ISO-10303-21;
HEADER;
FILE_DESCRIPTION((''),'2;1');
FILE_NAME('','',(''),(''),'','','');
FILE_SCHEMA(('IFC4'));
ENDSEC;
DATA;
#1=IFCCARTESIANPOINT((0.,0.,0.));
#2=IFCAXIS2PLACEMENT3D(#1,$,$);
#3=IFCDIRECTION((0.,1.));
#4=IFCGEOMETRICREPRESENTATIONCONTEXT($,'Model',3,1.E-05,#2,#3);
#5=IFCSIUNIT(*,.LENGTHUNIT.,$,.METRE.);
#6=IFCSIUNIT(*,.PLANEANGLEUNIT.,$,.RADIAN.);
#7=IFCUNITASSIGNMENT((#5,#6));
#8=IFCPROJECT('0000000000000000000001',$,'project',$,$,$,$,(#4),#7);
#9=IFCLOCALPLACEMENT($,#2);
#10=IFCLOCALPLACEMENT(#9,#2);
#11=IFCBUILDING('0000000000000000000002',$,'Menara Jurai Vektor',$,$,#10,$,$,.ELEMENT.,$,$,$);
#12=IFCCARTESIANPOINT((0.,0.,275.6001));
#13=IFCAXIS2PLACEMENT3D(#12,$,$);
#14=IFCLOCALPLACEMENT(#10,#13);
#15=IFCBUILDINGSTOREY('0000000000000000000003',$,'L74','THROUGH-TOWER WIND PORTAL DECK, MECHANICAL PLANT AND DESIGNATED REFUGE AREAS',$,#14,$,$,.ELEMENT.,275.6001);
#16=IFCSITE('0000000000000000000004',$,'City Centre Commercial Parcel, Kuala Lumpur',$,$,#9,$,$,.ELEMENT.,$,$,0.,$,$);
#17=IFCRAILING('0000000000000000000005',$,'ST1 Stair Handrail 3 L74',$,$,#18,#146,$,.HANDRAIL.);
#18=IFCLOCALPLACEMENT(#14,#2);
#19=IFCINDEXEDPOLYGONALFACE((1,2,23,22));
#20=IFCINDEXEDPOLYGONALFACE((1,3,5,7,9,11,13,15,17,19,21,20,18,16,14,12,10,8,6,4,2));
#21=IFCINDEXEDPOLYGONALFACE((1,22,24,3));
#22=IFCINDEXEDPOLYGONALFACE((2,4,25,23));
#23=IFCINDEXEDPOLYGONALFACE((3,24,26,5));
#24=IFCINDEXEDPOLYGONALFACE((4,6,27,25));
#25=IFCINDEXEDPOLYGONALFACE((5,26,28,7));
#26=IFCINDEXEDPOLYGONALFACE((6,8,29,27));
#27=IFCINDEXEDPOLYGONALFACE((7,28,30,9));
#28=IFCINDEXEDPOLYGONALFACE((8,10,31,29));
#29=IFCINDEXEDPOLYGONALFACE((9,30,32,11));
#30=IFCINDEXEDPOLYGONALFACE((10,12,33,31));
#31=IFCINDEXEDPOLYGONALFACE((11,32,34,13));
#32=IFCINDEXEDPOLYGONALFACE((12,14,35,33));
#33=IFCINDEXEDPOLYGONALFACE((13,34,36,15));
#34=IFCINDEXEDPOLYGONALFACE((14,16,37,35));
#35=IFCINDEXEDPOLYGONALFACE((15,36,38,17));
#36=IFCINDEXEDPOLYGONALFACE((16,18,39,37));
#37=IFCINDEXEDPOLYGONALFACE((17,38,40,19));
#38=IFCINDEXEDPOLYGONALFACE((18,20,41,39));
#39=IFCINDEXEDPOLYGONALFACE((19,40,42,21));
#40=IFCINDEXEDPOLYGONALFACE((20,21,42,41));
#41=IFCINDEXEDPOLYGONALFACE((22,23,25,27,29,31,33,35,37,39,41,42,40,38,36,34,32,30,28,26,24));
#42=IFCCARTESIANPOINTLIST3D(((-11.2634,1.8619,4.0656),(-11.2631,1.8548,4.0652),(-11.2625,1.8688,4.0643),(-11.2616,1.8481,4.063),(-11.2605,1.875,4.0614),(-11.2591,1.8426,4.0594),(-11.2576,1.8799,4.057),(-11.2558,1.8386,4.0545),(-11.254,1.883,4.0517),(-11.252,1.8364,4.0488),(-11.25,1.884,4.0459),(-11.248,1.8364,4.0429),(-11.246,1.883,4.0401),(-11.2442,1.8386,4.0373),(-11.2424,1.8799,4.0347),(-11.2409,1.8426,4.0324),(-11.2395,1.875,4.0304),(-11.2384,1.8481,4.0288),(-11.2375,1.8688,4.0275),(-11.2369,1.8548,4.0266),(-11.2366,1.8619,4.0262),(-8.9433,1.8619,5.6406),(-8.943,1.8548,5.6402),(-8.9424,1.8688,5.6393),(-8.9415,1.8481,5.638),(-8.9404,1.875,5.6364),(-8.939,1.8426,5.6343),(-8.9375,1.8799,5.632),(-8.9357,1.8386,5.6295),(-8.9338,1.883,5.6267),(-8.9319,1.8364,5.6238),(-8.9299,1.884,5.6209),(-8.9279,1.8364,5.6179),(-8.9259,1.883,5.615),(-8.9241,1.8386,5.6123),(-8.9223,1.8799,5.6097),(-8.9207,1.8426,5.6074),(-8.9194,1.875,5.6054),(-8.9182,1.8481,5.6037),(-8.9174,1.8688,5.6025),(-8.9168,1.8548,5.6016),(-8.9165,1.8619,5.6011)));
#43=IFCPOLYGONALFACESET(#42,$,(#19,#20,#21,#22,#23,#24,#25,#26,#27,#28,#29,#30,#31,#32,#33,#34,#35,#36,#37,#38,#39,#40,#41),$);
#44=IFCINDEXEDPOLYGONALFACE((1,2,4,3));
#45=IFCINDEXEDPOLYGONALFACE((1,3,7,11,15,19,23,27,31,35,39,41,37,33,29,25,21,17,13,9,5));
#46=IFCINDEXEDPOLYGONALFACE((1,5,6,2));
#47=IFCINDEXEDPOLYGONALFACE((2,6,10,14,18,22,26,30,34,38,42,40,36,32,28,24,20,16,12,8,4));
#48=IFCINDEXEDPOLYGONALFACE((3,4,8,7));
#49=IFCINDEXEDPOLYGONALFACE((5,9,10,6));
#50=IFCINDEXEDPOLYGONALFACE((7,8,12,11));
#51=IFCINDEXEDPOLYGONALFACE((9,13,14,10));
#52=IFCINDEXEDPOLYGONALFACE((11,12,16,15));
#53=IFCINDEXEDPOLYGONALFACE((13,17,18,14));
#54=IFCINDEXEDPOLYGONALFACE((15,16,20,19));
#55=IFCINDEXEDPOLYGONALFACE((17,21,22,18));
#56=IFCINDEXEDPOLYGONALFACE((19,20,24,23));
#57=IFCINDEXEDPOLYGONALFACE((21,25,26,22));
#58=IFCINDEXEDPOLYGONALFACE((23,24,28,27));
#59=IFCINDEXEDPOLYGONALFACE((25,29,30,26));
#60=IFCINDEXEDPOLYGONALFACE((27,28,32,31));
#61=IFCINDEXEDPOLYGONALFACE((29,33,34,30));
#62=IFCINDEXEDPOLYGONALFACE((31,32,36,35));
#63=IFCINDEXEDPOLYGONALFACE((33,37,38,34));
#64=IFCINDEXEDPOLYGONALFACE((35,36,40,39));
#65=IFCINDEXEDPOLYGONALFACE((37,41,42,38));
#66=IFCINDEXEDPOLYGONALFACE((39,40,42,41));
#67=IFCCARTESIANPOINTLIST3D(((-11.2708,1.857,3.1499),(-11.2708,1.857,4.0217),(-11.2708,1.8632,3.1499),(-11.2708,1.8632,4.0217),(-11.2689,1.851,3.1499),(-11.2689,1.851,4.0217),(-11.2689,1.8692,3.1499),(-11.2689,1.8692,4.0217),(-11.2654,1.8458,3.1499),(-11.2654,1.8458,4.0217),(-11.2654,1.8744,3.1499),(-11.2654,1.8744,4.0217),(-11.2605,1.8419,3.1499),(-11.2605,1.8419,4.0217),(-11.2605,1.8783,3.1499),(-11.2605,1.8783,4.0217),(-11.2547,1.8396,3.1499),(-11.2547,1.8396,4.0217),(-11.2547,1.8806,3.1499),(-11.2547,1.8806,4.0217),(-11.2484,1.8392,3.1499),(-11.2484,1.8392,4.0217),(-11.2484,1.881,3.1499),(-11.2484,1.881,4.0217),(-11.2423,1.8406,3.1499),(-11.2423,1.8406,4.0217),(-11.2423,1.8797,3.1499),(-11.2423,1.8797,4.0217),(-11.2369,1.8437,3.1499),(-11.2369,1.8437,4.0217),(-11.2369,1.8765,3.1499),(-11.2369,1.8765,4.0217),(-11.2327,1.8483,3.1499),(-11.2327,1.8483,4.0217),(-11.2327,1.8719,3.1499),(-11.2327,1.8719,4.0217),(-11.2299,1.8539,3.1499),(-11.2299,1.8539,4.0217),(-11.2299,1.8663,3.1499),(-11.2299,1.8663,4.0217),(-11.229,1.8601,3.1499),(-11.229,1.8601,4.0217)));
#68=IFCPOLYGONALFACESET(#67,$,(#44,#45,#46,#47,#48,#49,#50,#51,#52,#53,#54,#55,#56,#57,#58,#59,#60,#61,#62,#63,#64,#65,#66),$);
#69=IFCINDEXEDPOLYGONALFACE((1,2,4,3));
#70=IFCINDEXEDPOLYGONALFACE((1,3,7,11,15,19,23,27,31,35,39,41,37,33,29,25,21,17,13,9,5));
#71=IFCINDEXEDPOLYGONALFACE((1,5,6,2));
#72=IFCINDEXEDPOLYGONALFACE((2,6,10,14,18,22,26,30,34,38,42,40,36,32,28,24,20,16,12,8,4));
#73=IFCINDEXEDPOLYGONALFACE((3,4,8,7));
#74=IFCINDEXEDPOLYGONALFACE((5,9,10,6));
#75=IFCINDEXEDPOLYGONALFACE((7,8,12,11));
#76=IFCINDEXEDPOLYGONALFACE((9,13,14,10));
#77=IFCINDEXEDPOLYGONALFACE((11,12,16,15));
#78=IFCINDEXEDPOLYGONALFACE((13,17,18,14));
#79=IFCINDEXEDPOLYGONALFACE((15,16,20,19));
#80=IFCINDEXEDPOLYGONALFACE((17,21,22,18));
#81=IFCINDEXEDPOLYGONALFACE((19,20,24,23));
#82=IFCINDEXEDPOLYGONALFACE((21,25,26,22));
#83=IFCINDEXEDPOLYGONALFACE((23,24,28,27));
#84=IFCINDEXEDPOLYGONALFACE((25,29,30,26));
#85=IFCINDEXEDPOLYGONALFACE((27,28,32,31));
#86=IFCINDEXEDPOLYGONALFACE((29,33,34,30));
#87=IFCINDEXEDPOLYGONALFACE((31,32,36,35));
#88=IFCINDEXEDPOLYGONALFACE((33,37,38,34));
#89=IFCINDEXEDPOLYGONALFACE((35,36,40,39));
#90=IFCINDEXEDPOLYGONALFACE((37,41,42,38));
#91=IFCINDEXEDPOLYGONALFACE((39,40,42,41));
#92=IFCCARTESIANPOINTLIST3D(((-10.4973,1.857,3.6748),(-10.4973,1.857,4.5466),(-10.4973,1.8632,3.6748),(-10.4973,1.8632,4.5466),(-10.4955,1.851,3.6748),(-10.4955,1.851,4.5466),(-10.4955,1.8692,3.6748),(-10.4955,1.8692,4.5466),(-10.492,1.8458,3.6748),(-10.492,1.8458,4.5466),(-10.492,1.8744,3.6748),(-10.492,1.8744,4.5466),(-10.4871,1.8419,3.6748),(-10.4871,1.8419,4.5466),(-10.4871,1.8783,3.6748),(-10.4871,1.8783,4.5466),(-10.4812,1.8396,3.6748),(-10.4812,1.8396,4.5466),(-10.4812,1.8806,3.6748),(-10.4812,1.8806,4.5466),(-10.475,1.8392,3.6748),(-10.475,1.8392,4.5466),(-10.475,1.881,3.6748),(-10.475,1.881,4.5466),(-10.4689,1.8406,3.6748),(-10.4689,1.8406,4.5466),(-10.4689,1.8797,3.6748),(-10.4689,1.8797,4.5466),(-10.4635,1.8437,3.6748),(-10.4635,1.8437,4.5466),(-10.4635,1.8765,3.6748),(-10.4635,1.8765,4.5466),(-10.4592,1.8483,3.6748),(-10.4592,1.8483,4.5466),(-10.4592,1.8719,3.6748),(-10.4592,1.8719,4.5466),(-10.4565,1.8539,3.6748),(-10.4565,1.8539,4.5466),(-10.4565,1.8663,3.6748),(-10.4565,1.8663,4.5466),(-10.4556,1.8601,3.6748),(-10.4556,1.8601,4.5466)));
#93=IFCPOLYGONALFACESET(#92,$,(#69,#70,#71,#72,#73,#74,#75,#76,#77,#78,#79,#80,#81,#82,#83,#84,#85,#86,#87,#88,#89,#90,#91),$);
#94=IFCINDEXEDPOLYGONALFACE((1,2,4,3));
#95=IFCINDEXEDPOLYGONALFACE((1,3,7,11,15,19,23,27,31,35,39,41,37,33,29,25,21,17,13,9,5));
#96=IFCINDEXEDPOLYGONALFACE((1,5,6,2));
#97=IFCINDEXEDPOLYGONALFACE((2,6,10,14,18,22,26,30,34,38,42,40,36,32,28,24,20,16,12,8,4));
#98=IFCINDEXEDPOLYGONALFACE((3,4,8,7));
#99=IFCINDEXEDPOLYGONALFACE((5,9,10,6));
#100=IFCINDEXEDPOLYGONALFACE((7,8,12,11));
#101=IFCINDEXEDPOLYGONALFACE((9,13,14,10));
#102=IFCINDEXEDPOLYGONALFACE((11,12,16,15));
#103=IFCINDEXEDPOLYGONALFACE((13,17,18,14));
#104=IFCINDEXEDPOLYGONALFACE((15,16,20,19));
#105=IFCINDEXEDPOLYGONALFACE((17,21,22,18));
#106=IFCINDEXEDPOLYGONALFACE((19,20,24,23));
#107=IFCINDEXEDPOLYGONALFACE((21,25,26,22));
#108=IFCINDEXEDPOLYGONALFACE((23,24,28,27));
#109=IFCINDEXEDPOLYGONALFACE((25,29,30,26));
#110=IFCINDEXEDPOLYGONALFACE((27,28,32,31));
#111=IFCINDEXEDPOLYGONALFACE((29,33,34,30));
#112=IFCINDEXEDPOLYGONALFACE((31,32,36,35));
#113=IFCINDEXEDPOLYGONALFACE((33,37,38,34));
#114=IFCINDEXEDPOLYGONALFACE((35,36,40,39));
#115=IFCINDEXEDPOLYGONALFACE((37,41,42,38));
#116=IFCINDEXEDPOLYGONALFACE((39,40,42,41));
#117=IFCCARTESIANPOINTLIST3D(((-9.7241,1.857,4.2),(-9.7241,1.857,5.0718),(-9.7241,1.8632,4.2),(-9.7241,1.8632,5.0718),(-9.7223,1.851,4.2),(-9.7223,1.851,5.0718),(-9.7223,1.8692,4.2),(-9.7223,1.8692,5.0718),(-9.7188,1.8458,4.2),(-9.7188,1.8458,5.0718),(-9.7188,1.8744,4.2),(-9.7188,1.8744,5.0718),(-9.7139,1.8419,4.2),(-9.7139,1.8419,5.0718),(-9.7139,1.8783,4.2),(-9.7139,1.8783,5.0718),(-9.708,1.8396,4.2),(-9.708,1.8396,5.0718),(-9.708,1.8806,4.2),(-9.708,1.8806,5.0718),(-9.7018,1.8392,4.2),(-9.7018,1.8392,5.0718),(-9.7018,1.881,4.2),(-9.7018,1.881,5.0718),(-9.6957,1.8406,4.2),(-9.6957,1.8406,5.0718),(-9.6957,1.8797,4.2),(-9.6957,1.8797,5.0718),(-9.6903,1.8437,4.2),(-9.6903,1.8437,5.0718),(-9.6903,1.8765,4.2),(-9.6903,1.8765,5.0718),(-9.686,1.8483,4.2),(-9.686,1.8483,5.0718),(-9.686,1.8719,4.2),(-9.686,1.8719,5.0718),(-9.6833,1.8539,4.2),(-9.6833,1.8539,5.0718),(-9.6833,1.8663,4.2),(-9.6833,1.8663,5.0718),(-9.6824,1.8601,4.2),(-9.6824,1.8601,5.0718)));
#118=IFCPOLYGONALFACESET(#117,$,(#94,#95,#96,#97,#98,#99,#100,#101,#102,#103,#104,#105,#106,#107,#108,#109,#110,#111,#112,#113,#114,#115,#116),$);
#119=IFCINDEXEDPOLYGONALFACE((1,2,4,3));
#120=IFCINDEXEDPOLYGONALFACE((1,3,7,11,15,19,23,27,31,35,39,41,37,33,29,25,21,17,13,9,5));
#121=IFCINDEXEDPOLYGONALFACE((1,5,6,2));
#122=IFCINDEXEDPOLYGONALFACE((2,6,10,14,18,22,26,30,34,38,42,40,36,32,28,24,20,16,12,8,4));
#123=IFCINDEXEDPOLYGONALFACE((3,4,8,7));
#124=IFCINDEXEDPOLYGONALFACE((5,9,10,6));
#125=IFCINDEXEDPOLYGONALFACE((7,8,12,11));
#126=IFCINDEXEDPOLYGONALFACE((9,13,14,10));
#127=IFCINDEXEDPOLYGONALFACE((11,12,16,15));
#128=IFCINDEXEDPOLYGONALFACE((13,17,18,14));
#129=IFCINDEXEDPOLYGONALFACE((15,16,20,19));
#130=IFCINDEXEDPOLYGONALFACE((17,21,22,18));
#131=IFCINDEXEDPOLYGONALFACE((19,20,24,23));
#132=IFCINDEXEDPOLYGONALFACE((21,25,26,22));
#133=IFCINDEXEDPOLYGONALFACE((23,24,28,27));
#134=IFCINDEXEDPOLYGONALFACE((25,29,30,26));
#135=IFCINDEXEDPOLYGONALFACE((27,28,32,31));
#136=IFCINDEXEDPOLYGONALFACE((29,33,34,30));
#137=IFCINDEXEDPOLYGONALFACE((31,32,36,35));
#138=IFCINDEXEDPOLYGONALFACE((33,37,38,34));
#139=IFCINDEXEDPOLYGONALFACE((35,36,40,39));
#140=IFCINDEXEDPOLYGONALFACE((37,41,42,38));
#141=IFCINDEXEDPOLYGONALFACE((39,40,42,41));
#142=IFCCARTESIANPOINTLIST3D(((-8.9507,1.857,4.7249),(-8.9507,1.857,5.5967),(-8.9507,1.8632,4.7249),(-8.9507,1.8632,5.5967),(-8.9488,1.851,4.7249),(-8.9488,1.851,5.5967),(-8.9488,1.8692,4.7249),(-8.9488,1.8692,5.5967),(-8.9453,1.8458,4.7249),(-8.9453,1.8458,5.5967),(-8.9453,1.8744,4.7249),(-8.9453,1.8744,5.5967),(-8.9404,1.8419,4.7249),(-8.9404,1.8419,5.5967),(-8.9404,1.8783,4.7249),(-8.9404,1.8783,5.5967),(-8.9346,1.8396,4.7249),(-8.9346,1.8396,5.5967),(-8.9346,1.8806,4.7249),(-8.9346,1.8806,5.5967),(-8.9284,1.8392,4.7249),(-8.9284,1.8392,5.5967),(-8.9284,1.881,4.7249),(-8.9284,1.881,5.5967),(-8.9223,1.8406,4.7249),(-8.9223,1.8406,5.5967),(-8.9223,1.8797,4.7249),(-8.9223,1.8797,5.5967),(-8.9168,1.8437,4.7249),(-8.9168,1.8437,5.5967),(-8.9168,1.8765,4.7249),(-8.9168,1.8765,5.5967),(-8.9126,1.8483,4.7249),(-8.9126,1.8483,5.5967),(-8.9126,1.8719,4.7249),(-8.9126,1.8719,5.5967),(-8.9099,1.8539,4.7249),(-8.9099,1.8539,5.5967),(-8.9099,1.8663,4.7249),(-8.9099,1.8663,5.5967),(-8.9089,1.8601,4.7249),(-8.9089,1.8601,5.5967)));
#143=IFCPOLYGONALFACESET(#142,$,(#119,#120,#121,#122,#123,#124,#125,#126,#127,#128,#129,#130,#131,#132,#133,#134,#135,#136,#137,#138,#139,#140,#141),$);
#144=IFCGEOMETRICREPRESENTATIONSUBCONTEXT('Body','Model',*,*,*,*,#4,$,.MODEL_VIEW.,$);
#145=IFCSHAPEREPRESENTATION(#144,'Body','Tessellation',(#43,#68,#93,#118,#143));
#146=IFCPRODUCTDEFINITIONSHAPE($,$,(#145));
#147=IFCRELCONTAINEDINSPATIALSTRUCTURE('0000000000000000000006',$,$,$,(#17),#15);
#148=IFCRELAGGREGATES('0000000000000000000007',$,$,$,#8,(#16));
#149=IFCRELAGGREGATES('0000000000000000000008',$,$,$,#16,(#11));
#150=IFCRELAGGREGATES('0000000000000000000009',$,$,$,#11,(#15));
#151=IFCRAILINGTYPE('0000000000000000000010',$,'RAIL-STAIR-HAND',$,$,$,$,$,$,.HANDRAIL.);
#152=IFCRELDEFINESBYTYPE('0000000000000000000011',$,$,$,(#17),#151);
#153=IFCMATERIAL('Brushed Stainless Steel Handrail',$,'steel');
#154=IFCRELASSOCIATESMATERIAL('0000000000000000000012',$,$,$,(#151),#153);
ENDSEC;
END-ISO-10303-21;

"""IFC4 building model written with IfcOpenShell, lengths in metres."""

from ifc_helpers import new_model, si_unit, direction, frame, origin, origin_2d, place, context, subcontext, project, spatial, circle, extrude, material, type_object, element, save


model = new_model("IFC4")

# Units and contexts
model_context = context("Model", 3, precision=1e-05, world=origin(), true_north=direction((0.0, 1.0)))
body_context = subcontext(model_context, "Body", "Model", "MODEL_VIEW")
ifc_project = project(units=[si_unit("LENGTHUNIT", "METRE"), si_unit("PLANEANGLEUNIT", "RADIAN")], contexts=[model_context])

# Site, building, storey
site_placement = place(None, origin())
site = spatial("IfcSite", under=ifc_project, at=site_placement, Name="City Centre Commercial Parcel, Kuala Lumpur", CompositionType="ELEMENT", RefElevation=0.0)
building_placement = place(site_placement, origin())
building = spatial("IfcBuilding", under=site, at=building_placement, Name="Menara Jurai Vektor", CompositionType="ELEMENT")
storey_placement = place(building_placement, frame((0.0, 0.0, 275.6001)))
storey = spatial("IfcBuildingStorey", under=building, at=storey_placement, Name="L74", Description="THROUGH-TOWER WIND PORTAL DECK, MECHANICAL PLANT AND DESIGNATED REFUGE AREAS", CompositionType="ELEMENT", Elevation=275.6001)

# Railing
ifc_material_1 = material(Name="Brushed Stainless Steel Handrail", Category="steel")
railing_type_1 = type_object("IfcRailingType", Name="RAIL-STAIR-HAND", PredefinedType="HANDRAIL", material=ifc_material_1)
for number, where, name in (
    (1, (-11.25, 1.8601, 3.1499), "ST1 Stair Handrail 3 L74"),
):
    element("IfcRailing", number, at=place(storey_placement, frame(where)), inside=storey, type_object=railing_type_1, Name=name, PredefinedType="HANDRAIL", context=body_context, shape_type="SweptSolid", body=[
        extrude(circle(Radius=0.0239, at=origin_2d()), frame((0.0, 0.0, 0.896), z_axis=(0.827373, 0.0, 0.561653), x_axis=(0.0, 1.0, 0.0)), (0.0, 0.0, 1.0), 2.8042),
        extrude(circle(Radius=0.021, at=origin_2d()), origin(), (0.0, 0.0, 1.0), 0.8718),
        extrude(circle(Radius=0.021, at=origin_2d()), frame((0.7734, 0.0, 0.5249)), (0.0, 0.0, 1.0), 0.8718),
        extrude(circle(Radius=0.021, at=origin_2d()), frame((1.5466, 0.0, 1.05)), (0.0, 0.0, 1.0), 0.8718),
        extrude(circle(Radius=0.021, at=origin_2d()), frame((2.3201, 0.0, 1.575)), (0.0, 0.0, 1.0), 0.8718),
    ])

save(model, "model.ifc")
